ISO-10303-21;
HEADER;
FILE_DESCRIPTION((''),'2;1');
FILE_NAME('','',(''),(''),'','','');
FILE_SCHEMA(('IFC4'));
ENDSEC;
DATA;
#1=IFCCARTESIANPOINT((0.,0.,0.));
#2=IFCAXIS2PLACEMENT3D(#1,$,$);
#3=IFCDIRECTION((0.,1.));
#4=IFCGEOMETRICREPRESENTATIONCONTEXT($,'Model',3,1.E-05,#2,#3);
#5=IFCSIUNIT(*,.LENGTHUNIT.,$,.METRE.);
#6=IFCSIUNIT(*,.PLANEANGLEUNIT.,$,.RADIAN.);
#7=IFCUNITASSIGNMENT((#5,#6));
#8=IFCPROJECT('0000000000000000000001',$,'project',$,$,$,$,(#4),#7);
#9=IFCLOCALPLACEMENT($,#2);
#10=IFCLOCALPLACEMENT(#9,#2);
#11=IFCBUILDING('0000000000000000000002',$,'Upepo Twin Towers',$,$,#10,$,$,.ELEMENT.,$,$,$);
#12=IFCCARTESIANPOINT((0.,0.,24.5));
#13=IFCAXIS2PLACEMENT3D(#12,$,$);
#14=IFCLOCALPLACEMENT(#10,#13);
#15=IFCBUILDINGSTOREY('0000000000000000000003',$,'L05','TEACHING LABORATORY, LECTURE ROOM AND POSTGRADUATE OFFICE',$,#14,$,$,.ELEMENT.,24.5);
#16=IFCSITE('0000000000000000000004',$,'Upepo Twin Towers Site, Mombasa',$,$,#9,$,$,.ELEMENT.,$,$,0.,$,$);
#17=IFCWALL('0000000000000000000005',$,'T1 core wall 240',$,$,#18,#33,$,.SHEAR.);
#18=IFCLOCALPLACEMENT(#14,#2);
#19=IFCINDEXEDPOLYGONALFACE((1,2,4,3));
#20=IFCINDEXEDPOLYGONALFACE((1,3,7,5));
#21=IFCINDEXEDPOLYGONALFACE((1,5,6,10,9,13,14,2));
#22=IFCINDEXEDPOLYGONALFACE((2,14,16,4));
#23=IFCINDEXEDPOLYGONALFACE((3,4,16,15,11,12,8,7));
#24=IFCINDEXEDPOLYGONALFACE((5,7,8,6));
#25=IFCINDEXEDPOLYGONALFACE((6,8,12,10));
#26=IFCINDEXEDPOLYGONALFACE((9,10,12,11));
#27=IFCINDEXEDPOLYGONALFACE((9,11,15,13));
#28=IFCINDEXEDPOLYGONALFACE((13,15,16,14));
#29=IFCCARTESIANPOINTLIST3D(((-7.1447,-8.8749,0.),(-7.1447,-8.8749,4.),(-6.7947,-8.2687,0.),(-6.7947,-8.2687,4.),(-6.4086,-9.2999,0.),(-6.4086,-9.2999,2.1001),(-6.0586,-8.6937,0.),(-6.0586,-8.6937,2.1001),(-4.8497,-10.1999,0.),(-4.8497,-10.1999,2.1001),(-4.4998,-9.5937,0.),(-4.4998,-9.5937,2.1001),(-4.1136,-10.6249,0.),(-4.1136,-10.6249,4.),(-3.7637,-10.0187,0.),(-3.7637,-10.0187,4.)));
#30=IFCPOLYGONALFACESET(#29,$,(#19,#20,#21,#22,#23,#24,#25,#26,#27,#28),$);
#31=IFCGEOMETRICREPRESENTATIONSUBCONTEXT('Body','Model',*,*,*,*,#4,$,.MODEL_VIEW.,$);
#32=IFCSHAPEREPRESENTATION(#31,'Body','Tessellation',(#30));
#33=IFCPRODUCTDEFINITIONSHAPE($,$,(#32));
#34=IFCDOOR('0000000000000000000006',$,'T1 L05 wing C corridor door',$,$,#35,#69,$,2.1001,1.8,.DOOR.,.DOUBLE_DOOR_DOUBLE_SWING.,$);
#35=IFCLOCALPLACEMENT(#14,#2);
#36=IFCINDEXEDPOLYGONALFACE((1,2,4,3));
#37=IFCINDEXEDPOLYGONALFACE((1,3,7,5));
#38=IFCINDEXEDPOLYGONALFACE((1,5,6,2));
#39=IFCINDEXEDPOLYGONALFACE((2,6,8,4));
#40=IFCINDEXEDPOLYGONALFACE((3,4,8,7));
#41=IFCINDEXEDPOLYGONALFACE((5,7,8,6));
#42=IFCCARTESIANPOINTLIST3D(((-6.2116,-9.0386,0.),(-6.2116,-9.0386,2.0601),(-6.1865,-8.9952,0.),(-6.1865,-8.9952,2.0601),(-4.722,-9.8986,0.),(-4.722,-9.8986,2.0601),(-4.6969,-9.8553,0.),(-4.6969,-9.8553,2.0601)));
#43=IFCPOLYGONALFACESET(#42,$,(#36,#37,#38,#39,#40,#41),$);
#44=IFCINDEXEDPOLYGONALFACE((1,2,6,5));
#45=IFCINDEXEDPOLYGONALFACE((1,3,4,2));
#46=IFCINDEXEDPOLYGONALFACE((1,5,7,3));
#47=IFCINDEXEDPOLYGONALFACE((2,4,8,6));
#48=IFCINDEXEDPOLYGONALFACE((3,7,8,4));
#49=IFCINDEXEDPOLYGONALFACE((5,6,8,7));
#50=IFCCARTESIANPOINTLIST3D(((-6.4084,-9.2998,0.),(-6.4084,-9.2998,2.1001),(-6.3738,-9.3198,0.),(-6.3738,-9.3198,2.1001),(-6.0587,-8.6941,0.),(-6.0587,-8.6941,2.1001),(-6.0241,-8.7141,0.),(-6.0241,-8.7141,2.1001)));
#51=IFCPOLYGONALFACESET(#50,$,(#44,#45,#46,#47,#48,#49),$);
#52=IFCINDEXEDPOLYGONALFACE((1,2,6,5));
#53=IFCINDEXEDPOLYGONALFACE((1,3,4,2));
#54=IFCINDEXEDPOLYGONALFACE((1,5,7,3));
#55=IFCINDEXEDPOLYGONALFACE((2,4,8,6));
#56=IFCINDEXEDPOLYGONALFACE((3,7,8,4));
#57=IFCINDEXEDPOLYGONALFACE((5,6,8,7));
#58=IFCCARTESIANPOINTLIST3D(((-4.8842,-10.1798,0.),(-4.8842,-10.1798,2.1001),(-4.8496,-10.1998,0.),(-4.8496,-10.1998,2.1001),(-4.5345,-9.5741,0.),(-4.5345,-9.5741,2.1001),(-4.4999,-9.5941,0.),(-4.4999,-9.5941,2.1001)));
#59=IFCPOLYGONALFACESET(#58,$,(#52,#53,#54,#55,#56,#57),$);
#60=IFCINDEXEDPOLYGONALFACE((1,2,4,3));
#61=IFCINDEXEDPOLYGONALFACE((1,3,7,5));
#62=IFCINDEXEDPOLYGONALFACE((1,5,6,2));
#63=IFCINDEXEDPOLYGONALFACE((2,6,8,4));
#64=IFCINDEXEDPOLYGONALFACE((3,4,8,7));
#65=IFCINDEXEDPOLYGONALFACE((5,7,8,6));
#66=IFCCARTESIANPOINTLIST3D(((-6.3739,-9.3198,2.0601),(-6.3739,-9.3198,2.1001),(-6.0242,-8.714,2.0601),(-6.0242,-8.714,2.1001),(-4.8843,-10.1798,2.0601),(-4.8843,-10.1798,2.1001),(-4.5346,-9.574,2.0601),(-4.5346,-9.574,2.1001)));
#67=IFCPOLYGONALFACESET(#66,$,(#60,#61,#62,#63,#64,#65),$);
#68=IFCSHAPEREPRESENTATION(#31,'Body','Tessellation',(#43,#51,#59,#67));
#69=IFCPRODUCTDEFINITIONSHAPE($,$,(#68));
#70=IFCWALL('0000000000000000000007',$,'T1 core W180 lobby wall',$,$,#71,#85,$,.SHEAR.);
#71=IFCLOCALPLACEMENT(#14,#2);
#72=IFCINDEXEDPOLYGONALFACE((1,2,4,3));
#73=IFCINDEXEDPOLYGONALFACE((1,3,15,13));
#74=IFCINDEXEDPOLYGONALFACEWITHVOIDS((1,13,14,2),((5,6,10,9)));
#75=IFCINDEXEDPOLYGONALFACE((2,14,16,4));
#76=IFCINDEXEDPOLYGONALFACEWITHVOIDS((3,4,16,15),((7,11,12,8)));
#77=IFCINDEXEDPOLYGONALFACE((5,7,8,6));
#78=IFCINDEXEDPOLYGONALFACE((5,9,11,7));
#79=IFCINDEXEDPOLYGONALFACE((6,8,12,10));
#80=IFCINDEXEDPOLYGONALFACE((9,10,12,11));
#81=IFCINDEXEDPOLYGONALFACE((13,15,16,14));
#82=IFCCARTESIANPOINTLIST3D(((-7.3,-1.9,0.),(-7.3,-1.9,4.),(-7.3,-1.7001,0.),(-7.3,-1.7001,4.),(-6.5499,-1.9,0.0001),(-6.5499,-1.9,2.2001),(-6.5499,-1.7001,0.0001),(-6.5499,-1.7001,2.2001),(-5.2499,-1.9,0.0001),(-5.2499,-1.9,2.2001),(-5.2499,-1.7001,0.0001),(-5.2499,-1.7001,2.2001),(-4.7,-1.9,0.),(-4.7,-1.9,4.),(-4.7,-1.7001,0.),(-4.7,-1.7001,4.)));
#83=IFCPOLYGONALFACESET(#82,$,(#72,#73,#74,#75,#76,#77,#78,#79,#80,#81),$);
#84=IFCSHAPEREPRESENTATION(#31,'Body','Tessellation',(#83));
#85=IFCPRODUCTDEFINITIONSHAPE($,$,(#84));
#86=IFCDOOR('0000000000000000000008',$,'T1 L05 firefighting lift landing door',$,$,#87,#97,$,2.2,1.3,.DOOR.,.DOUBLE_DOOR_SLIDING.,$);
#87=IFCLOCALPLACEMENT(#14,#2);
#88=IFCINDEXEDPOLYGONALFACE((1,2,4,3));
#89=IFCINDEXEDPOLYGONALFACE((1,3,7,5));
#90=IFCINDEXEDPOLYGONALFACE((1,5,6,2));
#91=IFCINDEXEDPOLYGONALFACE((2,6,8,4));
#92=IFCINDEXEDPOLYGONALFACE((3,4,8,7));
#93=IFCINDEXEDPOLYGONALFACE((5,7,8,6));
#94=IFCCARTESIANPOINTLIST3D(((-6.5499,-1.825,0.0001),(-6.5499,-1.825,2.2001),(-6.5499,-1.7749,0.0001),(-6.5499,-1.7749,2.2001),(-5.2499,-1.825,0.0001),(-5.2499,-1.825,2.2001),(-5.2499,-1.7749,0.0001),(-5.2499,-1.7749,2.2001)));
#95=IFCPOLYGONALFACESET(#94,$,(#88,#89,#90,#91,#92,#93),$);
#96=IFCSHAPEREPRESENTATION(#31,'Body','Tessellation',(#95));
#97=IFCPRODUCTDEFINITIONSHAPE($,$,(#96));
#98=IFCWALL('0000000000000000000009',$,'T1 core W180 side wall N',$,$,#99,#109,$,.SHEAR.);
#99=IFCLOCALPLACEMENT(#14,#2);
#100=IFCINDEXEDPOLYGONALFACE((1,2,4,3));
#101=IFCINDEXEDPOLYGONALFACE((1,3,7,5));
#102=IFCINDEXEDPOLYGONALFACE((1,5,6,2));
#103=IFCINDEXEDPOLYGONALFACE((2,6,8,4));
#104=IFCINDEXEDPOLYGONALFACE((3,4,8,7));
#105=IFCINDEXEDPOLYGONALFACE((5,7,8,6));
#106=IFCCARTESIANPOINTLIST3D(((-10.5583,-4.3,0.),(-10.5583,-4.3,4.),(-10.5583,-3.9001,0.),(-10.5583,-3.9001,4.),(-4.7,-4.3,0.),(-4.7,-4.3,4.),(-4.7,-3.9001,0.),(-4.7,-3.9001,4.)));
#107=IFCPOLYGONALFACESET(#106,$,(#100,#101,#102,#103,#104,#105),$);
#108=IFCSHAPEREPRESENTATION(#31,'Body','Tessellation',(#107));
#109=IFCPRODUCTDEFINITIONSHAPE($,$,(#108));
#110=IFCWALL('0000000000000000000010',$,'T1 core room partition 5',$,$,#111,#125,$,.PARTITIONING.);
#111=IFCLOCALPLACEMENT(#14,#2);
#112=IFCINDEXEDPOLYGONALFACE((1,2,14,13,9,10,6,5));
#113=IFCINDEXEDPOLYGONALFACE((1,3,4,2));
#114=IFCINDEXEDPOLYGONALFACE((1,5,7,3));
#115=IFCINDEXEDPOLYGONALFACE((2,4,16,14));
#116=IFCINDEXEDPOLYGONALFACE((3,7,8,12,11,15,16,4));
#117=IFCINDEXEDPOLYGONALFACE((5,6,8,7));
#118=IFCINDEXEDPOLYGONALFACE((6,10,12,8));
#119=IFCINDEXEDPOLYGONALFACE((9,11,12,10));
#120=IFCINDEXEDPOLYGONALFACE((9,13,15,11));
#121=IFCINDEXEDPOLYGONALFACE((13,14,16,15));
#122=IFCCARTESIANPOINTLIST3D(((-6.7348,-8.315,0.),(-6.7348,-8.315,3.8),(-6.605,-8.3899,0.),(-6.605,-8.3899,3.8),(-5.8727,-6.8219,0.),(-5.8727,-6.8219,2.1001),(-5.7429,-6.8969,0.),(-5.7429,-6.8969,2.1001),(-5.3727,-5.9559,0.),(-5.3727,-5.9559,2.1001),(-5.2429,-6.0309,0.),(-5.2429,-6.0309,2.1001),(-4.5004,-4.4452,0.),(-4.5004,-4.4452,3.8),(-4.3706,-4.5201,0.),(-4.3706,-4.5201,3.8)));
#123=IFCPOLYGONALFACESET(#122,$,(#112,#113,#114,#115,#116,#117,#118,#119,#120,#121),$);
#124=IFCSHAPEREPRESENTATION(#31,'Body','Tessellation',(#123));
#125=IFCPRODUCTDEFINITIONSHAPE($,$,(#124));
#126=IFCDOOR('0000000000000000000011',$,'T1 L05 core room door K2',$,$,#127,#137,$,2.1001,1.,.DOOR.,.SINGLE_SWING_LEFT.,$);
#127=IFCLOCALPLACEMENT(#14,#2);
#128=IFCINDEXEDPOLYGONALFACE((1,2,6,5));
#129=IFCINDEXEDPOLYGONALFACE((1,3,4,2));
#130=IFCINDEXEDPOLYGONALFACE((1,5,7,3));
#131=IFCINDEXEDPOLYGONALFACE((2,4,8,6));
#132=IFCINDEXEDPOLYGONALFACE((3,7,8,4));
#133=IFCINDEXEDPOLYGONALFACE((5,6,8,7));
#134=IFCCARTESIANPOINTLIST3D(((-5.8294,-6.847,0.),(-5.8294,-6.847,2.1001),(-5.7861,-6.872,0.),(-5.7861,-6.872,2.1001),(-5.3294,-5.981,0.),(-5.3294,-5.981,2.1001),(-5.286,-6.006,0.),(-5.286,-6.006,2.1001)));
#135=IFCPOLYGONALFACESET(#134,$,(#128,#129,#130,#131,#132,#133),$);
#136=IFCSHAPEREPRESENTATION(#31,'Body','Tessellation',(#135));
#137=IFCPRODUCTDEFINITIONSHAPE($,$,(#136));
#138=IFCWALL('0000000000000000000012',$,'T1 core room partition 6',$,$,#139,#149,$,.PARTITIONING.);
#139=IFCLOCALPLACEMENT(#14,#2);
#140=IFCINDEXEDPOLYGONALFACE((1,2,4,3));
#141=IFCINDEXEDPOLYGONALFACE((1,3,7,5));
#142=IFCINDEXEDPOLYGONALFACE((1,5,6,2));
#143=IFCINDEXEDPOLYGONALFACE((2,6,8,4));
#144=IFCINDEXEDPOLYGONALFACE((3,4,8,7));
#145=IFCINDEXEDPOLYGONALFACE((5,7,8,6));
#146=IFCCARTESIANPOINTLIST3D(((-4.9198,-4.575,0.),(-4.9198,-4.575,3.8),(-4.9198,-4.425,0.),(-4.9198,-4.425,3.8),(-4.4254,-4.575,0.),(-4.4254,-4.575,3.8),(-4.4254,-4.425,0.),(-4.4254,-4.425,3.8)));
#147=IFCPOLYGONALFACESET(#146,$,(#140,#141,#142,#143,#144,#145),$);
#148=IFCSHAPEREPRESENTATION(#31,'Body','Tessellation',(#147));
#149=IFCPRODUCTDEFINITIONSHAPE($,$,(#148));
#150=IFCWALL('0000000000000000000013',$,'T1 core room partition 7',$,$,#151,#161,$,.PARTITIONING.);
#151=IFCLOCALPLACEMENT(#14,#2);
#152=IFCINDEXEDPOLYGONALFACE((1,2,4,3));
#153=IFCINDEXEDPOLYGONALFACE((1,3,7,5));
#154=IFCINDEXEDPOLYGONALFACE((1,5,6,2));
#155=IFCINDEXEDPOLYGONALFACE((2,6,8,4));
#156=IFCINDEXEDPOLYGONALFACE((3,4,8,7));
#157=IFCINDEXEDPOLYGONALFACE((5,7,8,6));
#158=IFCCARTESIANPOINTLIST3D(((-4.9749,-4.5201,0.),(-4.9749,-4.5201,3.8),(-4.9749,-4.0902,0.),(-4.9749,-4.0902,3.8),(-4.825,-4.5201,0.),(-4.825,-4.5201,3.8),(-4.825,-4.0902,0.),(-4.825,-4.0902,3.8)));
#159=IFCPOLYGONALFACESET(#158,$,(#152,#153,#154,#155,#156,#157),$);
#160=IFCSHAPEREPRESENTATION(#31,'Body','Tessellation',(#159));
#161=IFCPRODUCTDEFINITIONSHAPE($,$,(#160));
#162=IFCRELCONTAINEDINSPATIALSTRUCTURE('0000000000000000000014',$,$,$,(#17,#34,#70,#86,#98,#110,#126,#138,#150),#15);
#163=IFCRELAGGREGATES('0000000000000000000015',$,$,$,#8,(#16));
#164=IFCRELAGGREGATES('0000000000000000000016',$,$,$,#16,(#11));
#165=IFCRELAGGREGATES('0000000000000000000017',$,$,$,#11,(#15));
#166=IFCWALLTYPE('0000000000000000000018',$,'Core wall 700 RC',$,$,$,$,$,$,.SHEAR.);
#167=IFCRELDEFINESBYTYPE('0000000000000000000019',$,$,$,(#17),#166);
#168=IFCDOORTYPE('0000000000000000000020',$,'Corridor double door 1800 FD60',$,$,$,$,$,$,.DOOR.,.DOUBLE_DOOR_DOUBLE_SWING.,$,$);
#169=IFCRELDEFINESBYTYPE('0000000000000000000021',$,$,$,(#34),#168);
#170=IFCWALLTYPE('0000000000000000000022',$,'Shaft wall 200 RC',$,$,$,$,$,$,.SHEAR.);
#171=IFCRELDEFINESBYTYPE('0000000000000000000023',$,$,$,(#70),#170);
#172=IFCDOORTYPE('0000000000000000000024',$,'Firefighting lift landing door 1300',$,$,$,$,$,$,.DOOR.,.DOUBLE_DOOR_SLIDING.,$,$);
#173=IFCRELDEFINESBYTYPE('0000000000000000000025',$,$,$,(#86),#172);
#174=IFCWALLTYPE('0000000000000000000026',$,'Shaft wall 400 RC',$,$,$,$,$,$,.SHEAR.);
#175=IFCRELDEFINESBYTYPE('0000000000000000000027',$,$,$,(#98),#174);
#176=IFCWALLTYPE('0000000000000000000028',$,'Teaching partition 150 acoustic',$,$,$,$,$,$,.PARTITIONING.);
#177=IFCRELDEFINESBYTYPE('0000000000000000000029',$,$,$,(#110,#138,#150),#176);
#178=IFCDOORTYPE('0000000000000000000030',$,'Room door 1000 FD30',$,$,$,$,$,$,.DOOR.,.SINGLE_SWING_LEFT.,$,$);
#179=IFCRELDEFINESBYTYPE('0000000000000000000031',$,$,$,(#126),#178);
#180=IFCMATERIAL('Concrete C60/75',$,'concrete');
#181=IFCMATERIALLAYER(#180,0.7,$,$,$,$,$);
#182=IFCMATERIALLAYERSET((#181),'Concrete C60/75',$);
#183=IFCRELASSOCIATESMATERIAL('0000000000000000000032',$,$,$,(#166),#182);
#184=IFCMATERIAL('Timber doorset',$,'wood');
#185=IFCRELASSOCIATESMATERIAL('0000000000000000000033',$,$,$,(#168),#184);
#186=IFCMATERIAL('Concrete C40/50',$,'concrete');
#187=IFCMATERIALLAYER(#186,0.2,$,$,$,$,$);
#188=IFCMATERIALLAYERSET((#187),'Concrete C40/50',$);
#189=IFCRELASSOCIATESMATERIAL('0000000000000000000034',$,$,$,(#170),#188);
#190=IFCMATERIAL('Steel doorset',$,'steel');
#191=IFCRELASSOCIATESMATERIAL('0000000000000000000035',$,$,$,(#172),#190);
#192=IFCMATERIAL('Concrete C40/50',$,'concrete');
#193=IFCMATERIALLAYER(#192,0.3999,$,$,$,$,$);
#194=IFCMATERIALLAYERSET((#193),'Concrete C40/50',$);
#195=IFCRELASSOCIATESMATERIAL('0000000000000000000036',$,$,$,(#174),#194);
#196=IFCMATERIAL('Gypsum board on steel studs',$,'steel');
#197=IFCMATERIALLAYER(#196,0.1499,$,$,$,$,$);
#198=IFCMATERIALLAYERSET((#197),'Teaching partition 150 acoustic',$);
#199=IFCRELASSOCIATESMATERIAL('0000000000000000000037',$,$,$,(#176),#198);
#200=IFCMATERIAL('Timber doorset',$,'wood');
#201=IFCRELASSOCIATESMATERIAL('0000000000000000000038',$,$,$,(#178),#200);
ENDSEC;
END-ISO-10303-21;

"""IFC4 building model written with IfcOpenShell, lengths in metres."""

from ifc_helpers import new_model, si_unit, direction, frame, frame_2d, origin, place, context, subcontext, project, spatial, rectangle, extrude, material, layer, layer_set, type_object, element, fill, save


model = new_model("IFC4")

# Units and contexts
model_context = context("Model", 3, precision=1e-05, world=origin(), true_north=direction((0.0, 1.0)))
body_context = subcontext(model_context, "Body", "Model", "MODEL_VIEW")
ifc_project = project(units=[si_unit("LENGTHUNIT", "METRE"), si_unit("PLANEANGLEUNIT", "RADIAN")], contexts=[model_context])

# Site, building, storey
site_placement = place(None, origin())
site = spatial("IfcSite", under=ifc_project, at=site_placement, Name="Upepo Twin Towers Site, Mombasa", CompositionType="ELEMENT", RefElevation=0.0)
building_placement = place(site_placement, origin())
building = spatial("IfcBuilding", under=site, at=building_placement, Name="Upepo Twin Towers", CompositionType="ELEMENT")
storey_placement = place(building_placement, frame((0.0, 0.0, 24.5)))
storey = spatial("IfcBuildingStorey", under=building, at=storey_placement, Name="L05", Description="TEACHING LABORATORY, LECTURE ROOM AND POSTGRADUATE OFFICE", CompositionType="ELEMENT", Elevation=24.5)

# Shared definitions
ifc_material_1 = material(Name="Concrete C60/75", Category="concrete")
ifc_layer_1 = layer(ifc_material_1, 0.7)
ifc_layer_set_1 = layer_set([ifc_layer_1], Name="Concrete C60/75")
wall_type_1 = type_object("IfcWallType", Name="Core wall 700 RC", PredefinedType="SHEAR", material=ifc_layer_set_1)

# Walls, openings, doors
wall_1_placement = place(storey_placement, frame((-6.9697, -8.5718, 0.0), z_axis=(0.0, 0.0, 1.0), x_axis=(0.866019, -0.50001, 0.0)))
wall_1 = element("IfcWall", 1, at=wall_1_placement, inside=storey, type_object=wall_type_1, Name="T1 core wall 240", PredefinedType="SHEAR", context=body_context, shape_type="SweptSolid", body=[
    extrude(rectangle(XDim=3.5, YDim=0.7, at=frame_2d((1.75, 0.0))), origin(), (0.0, 0.0, 1.0), 4.0),
])
opening_1_placement = place(wall_1_placement, frame((0.8501, 0.0, 0.0)))
opening_1 = element("IfcOpeningElement", 2, at=opening_1_placement, cuts=wall_1, PredefinedType="OPENING", context=body_context, shape_type="SweptSolid", body=[
    extrude(rectangle(XDim=1.8, YDim=2.1001, at=frame_2d((0.8999, 1.05))), frame((0.0, 0.3599, 0.0), z_axis=(0.0, -1.0, 0.0), x_axis=(1.0, 0.0, 0.0)), (0.0, 0.0, 1.0), 0.72),
])
ifc_material_2 = material(Name="Timber doorset", Category="wood")
door_type_1 = type_object("IfcDoorType", Name="Corridor double door 1800 FD60", OperationType="DOUBLE_DOOR_DOUBLE_SWING", PredefinedType="DOOR", material=ifc_material_2)
door_1_placement = place(opening_1_placement, origin())
door_1 = element("IfcDoor", 3, at=door_1_placement, inside=storey, type_object=door_type_1, Name="T1 L05 wing C corridor door", OperationType="DOUBLE_DOOR_DOUBLE_SWING", OverallHeight=2.1001, OverallWidth=1.8, PredefinedType="DOOR", context=body_context, shape_type="SweptSolid", body=[
    extrude(rectangle(XDim=1.72, YDim=2.0601, at=frame_2d((0.8999, 1.03))), frame((0.0, 0.0249, 0.0), z_axis=(0.0, -1.0, 0.0), x_axis=(1.0, 0.0, 0.0)), (0.0, 0.0, 1.0), 0.05),
    extrude(rectangle(XDim=0.04, YDim=2.1001, at=frame_2d((0.02, 1.05))), frame((0.0, 0.3496, 0.0), z_axis=(0.0, -1.0, 0.0), x_axis=(1.0, 0.0, 0.0)), (0.0, 0.0, 1.0), 0.6995),
    extrude(rectangle(XDim=0.04, YDim=2.1001, at=frame_2d((1.78, 1.05))), frame((0.0, 0.3496, 0.0), z_axis=(0.0, -1.0, 0.0), x_axis=(1.0, 0.0, 0.0)), (0.0, 0.0, 1.0), 0.6995),
    extrude(rectangle(XDim=1.72, YDim=0.04, at=frame_2d((0.8999, 2.0801))), frame((0.0, 0.3496, 0.0), z_axis=(0.0, -1.0, 0.0), x_axis=(1.0, 0.0, 0.0)), (0.0, 0.0, 1.0), 0.6995),
])
fill(opening_1, door_1)
ifc_material_3 = material(Name="Concrete C40/50", Category="concrete")
ifc_layer_2 = layer(ifc_material_3, 0.2)
ifc_layer_set_2 = layer_set([ifc_layer_2], Name="Concrete C40/50")
wall_type_2 = type_object("IfcWallType", Name="Shaft wall 200 RC", PredefinedType="SHEAR", material=ifc_layer_set_2)
wall_2_placement = place(storey_placement, frame((-4.7, -1.8, 0.0), z_axis=(0.0, 0.0, 1.0), x_axis=(-1.0, 0.0, 0.0)))
wall_2 = element("IfcWall", 4, at=wall_2_placement, inside=storey, type_object=wall_type_2, Name="T1 core W180 lobby wall", PredefinedType="SHEAR", context=body_context, shape_type="SweptSolid", body=[
    extrude(rectangle(XDim=2.6001, YDim=0.2, at=frame_2d((1.3, 0.0))), origin(), (0.0, 0.0, 1.0), 4.0),
])
opening_2_placement = place(wall_2_placement, frame((0.55, 0.0, 0.0)))
opening_2 = element("IfcOpeningElement", 5, at=opening_2_placement, cuts=wall_2, PredefinedType="OPENING", context=body_context, shape_type="SweptSolid", body=[
    extrude(rectangle(XDim=1.3, YDim=2.2, at=frame_2d((0.6499, 1.1001))), frame((0.0, 0.1099, 0.0), z_axis=(0.0, -1.0, 0.0), x_axis=(1.0, 0.0, 0.0)), (0.0, 0.0, 1.0), 0.22),
])
ifc_material_4 = material(Name="Steel doorset", Category="steel")
door_type_2 = type_object("IfcDoorType", Name="Firefighting lift landing door 1300", OperationType="DOUBLE_DOOR_SLIDING", PredefinedType="DOOR", material=ifc_material_4)
door_2_placement = place(opening_2_placement, origin())
door_2 = element("IfcDoor", 6, at=door_2_placement, inside=storey, type_object=door_type_2, Name="T1 L05 firefighting lift landing door", OperationType="DOUBLE_DOOR_SLIDING", OverallHeight=2.2, OverallWidth=1.3, PredefinedType="DOOR", context=body_context, shape_type="SweptSolid", body=[
    extrude(rectangle(XDim=1.3, YDim=2.2, at=frame_2d((0.6499, 1.1001))), frame((0.0, 0.0249, 0.0), z_axis=(0.0, -1.0, 0.0), x_axis=(1.0, 0.0, 0.0)), (0.0, 0.0, 1.0), 0.05),
])
fill(opening_2, door_2)

# Wall
ifc_material_5 = material(Name="Concrete C40/50", Category="concrete")
ifc_layer_3 = layer(ifc_material_5, 0.3999)
ifc_layer_set_3 = layer_set([ifc_layer_3], Name="Concrete C40/50")
wall_type_3 = type_object("IfcWallType", Name="Shaft wall 400 RC", PredefinedType="SHEAR", material=ifc_layer_set_3)
wall_3_placement = place(storey_placement, frame((-4.7, -4.1001, 0.0), z_axis=(0.0, 0.0, 1.0), x_axis=(-1.0, 0.0, 0.0)))
element("IfcWall", 7, at=wall_3_placement, inside=storey, type_object=wall_type_3, Name="T1 core W180 side wall N", PredefinedType="SHEAR", context=body_context, shape_type="SweptSolid", body=[
    extrude(rectangle(XDim=5.8584, YDim=0.3999, at=frame_2d((2.9292, 0.0))), origin(), (0.0, 0.0, 1.0), 4.0),
])

# Wall, opening, door
ifc_material_6 = material(Name="Gypsum board on steel studs", Category="steel")
ifc_layer_4 = layer(ifc_material_6, 0.1499)
ifc_layer_set_4 = layer_set([ifc_layer_4], Name="Teaching partition 150 acoustic")
wall_type_4 = type_object("IfcWallType", Name="Teaching partition 150 acoustic", PredefinedType="PARTITIONING", material=ifc_layer_set_4)
wall_4_placement = place(storey_placement, frame((-6.6699, -8.3525, 0.0), z_axis=(0.0, 0.0, 1.0), x_axis=(0.500017, 0.866015, 0.0)))
wall_4 = element("IfcWall", 8, at=wall_4_placement, inside=storey, type_object=wall_type_4, Name="T1 core room partition 5", PredefinedType="PARTITIONING", context=body_context, shape_type="SweptSolid", body=[
    extrude(rectangle(XDim=4.4685, YDim=0.1499, at=frame_2d((2.2344, 0.0))), origin(), (0.0, 0.0, 1.0), 3.8),
])
opening_3_placement = place(wall_4_placement, frame((1.7241, 0.0, 0.0)))
opening_3 = element("IfcOpeningElement", 9, at=opening_3_placement, cuts=wall_4, PredefinedType="OPENING", context=body_context, shape_type="SweptSolid", body=[
    extrude(rectangle(XDim=1.0, YDim=2.1001, at=frame_2d((0.5, 1.05))), frame((0.0, 0.085, 0.0), z_axis=(0.0, -1.0, 0.0), x_axis=(1.0, 0.0, 0.0)), (0.0, 0.0, 1.0), 0.1699),
])
ifc_material_7 = material(Name="Timber doorset", Category="wood")
door_type_3 = type_object("IfcDoorType", Name="Room door 1000 FD30", OperationType="SINGLE_SWING_LEFT", PredefinedType="DOOR", material=ifc_material_7)
door_3_placement = place(opening_3_placement, origin())
door_3 = element("IfcDoor", 10, at=door_3_placement, inside=storey, type_object=door_type_3, Name="T1 L05 core room door K2", OperationType="SINGLE_SWING_LEFT", OverallHeight=2.1001, OverallWidth=1.0, PredefinedType="DOOR", context=body_context, shape_type="SweptSolid", body=[
    extrude(rectangle(XDim=1.0, YDim=2.1001, at=frame_2d((0.5, 1.05))), frame((0.0, 0.0249, 0.0), z_axis=(0.0, -1.0, 0.0), x_axis=(1.0, 0.0, 0.0)), (0.0, 0.0, 1.0), 0.05),
])
fill(opening_3, door_3)

# Walls
wall_5_placement = place(storey_placement, frame((-4.4255, -4.5, 0.0), z_axis=(0.0, 0.0, 1.0), x_axis=(-1.0, 0.0, 0.0)))
element("IfcWall", 11, at=wall_5_placement, inside=storey, type_object=wall_type_4, Name="T1 core room partition 6", PredefinedType="PARTITIONING", context=body_context, shape_type="SweptSolid", body=[
    extrude(rectangle(XDim=0.4944, YDim=0.1499, at=frame_2d((0.2471, 0.0))), origin(), (0.0, 0.0, 1.0), 3.8),
])
wall_6_placement = place(storey_placement, frame((-4.8999, -4.52, 0.0), z_axis=(0.0, 0.0, 1.0), x_axis=(0.0, 1.0, 0.0)))
element("IfcWall", 12, at=wall_6_placement, inside=storey, type_object=wall_type_4, Name="T1 core room partition 7", PredefinedType="PARTITIONING", context=body_context, shape_type="SweptSolid", body=[
    extrude(rectangle(XDim=0.4299, YDim=0.1499, at=frame_2d((0.2148, 0.0))), origin(), (0.0, 0.0, 1.0), 3.8),
])

save(model, "model.ifc")
